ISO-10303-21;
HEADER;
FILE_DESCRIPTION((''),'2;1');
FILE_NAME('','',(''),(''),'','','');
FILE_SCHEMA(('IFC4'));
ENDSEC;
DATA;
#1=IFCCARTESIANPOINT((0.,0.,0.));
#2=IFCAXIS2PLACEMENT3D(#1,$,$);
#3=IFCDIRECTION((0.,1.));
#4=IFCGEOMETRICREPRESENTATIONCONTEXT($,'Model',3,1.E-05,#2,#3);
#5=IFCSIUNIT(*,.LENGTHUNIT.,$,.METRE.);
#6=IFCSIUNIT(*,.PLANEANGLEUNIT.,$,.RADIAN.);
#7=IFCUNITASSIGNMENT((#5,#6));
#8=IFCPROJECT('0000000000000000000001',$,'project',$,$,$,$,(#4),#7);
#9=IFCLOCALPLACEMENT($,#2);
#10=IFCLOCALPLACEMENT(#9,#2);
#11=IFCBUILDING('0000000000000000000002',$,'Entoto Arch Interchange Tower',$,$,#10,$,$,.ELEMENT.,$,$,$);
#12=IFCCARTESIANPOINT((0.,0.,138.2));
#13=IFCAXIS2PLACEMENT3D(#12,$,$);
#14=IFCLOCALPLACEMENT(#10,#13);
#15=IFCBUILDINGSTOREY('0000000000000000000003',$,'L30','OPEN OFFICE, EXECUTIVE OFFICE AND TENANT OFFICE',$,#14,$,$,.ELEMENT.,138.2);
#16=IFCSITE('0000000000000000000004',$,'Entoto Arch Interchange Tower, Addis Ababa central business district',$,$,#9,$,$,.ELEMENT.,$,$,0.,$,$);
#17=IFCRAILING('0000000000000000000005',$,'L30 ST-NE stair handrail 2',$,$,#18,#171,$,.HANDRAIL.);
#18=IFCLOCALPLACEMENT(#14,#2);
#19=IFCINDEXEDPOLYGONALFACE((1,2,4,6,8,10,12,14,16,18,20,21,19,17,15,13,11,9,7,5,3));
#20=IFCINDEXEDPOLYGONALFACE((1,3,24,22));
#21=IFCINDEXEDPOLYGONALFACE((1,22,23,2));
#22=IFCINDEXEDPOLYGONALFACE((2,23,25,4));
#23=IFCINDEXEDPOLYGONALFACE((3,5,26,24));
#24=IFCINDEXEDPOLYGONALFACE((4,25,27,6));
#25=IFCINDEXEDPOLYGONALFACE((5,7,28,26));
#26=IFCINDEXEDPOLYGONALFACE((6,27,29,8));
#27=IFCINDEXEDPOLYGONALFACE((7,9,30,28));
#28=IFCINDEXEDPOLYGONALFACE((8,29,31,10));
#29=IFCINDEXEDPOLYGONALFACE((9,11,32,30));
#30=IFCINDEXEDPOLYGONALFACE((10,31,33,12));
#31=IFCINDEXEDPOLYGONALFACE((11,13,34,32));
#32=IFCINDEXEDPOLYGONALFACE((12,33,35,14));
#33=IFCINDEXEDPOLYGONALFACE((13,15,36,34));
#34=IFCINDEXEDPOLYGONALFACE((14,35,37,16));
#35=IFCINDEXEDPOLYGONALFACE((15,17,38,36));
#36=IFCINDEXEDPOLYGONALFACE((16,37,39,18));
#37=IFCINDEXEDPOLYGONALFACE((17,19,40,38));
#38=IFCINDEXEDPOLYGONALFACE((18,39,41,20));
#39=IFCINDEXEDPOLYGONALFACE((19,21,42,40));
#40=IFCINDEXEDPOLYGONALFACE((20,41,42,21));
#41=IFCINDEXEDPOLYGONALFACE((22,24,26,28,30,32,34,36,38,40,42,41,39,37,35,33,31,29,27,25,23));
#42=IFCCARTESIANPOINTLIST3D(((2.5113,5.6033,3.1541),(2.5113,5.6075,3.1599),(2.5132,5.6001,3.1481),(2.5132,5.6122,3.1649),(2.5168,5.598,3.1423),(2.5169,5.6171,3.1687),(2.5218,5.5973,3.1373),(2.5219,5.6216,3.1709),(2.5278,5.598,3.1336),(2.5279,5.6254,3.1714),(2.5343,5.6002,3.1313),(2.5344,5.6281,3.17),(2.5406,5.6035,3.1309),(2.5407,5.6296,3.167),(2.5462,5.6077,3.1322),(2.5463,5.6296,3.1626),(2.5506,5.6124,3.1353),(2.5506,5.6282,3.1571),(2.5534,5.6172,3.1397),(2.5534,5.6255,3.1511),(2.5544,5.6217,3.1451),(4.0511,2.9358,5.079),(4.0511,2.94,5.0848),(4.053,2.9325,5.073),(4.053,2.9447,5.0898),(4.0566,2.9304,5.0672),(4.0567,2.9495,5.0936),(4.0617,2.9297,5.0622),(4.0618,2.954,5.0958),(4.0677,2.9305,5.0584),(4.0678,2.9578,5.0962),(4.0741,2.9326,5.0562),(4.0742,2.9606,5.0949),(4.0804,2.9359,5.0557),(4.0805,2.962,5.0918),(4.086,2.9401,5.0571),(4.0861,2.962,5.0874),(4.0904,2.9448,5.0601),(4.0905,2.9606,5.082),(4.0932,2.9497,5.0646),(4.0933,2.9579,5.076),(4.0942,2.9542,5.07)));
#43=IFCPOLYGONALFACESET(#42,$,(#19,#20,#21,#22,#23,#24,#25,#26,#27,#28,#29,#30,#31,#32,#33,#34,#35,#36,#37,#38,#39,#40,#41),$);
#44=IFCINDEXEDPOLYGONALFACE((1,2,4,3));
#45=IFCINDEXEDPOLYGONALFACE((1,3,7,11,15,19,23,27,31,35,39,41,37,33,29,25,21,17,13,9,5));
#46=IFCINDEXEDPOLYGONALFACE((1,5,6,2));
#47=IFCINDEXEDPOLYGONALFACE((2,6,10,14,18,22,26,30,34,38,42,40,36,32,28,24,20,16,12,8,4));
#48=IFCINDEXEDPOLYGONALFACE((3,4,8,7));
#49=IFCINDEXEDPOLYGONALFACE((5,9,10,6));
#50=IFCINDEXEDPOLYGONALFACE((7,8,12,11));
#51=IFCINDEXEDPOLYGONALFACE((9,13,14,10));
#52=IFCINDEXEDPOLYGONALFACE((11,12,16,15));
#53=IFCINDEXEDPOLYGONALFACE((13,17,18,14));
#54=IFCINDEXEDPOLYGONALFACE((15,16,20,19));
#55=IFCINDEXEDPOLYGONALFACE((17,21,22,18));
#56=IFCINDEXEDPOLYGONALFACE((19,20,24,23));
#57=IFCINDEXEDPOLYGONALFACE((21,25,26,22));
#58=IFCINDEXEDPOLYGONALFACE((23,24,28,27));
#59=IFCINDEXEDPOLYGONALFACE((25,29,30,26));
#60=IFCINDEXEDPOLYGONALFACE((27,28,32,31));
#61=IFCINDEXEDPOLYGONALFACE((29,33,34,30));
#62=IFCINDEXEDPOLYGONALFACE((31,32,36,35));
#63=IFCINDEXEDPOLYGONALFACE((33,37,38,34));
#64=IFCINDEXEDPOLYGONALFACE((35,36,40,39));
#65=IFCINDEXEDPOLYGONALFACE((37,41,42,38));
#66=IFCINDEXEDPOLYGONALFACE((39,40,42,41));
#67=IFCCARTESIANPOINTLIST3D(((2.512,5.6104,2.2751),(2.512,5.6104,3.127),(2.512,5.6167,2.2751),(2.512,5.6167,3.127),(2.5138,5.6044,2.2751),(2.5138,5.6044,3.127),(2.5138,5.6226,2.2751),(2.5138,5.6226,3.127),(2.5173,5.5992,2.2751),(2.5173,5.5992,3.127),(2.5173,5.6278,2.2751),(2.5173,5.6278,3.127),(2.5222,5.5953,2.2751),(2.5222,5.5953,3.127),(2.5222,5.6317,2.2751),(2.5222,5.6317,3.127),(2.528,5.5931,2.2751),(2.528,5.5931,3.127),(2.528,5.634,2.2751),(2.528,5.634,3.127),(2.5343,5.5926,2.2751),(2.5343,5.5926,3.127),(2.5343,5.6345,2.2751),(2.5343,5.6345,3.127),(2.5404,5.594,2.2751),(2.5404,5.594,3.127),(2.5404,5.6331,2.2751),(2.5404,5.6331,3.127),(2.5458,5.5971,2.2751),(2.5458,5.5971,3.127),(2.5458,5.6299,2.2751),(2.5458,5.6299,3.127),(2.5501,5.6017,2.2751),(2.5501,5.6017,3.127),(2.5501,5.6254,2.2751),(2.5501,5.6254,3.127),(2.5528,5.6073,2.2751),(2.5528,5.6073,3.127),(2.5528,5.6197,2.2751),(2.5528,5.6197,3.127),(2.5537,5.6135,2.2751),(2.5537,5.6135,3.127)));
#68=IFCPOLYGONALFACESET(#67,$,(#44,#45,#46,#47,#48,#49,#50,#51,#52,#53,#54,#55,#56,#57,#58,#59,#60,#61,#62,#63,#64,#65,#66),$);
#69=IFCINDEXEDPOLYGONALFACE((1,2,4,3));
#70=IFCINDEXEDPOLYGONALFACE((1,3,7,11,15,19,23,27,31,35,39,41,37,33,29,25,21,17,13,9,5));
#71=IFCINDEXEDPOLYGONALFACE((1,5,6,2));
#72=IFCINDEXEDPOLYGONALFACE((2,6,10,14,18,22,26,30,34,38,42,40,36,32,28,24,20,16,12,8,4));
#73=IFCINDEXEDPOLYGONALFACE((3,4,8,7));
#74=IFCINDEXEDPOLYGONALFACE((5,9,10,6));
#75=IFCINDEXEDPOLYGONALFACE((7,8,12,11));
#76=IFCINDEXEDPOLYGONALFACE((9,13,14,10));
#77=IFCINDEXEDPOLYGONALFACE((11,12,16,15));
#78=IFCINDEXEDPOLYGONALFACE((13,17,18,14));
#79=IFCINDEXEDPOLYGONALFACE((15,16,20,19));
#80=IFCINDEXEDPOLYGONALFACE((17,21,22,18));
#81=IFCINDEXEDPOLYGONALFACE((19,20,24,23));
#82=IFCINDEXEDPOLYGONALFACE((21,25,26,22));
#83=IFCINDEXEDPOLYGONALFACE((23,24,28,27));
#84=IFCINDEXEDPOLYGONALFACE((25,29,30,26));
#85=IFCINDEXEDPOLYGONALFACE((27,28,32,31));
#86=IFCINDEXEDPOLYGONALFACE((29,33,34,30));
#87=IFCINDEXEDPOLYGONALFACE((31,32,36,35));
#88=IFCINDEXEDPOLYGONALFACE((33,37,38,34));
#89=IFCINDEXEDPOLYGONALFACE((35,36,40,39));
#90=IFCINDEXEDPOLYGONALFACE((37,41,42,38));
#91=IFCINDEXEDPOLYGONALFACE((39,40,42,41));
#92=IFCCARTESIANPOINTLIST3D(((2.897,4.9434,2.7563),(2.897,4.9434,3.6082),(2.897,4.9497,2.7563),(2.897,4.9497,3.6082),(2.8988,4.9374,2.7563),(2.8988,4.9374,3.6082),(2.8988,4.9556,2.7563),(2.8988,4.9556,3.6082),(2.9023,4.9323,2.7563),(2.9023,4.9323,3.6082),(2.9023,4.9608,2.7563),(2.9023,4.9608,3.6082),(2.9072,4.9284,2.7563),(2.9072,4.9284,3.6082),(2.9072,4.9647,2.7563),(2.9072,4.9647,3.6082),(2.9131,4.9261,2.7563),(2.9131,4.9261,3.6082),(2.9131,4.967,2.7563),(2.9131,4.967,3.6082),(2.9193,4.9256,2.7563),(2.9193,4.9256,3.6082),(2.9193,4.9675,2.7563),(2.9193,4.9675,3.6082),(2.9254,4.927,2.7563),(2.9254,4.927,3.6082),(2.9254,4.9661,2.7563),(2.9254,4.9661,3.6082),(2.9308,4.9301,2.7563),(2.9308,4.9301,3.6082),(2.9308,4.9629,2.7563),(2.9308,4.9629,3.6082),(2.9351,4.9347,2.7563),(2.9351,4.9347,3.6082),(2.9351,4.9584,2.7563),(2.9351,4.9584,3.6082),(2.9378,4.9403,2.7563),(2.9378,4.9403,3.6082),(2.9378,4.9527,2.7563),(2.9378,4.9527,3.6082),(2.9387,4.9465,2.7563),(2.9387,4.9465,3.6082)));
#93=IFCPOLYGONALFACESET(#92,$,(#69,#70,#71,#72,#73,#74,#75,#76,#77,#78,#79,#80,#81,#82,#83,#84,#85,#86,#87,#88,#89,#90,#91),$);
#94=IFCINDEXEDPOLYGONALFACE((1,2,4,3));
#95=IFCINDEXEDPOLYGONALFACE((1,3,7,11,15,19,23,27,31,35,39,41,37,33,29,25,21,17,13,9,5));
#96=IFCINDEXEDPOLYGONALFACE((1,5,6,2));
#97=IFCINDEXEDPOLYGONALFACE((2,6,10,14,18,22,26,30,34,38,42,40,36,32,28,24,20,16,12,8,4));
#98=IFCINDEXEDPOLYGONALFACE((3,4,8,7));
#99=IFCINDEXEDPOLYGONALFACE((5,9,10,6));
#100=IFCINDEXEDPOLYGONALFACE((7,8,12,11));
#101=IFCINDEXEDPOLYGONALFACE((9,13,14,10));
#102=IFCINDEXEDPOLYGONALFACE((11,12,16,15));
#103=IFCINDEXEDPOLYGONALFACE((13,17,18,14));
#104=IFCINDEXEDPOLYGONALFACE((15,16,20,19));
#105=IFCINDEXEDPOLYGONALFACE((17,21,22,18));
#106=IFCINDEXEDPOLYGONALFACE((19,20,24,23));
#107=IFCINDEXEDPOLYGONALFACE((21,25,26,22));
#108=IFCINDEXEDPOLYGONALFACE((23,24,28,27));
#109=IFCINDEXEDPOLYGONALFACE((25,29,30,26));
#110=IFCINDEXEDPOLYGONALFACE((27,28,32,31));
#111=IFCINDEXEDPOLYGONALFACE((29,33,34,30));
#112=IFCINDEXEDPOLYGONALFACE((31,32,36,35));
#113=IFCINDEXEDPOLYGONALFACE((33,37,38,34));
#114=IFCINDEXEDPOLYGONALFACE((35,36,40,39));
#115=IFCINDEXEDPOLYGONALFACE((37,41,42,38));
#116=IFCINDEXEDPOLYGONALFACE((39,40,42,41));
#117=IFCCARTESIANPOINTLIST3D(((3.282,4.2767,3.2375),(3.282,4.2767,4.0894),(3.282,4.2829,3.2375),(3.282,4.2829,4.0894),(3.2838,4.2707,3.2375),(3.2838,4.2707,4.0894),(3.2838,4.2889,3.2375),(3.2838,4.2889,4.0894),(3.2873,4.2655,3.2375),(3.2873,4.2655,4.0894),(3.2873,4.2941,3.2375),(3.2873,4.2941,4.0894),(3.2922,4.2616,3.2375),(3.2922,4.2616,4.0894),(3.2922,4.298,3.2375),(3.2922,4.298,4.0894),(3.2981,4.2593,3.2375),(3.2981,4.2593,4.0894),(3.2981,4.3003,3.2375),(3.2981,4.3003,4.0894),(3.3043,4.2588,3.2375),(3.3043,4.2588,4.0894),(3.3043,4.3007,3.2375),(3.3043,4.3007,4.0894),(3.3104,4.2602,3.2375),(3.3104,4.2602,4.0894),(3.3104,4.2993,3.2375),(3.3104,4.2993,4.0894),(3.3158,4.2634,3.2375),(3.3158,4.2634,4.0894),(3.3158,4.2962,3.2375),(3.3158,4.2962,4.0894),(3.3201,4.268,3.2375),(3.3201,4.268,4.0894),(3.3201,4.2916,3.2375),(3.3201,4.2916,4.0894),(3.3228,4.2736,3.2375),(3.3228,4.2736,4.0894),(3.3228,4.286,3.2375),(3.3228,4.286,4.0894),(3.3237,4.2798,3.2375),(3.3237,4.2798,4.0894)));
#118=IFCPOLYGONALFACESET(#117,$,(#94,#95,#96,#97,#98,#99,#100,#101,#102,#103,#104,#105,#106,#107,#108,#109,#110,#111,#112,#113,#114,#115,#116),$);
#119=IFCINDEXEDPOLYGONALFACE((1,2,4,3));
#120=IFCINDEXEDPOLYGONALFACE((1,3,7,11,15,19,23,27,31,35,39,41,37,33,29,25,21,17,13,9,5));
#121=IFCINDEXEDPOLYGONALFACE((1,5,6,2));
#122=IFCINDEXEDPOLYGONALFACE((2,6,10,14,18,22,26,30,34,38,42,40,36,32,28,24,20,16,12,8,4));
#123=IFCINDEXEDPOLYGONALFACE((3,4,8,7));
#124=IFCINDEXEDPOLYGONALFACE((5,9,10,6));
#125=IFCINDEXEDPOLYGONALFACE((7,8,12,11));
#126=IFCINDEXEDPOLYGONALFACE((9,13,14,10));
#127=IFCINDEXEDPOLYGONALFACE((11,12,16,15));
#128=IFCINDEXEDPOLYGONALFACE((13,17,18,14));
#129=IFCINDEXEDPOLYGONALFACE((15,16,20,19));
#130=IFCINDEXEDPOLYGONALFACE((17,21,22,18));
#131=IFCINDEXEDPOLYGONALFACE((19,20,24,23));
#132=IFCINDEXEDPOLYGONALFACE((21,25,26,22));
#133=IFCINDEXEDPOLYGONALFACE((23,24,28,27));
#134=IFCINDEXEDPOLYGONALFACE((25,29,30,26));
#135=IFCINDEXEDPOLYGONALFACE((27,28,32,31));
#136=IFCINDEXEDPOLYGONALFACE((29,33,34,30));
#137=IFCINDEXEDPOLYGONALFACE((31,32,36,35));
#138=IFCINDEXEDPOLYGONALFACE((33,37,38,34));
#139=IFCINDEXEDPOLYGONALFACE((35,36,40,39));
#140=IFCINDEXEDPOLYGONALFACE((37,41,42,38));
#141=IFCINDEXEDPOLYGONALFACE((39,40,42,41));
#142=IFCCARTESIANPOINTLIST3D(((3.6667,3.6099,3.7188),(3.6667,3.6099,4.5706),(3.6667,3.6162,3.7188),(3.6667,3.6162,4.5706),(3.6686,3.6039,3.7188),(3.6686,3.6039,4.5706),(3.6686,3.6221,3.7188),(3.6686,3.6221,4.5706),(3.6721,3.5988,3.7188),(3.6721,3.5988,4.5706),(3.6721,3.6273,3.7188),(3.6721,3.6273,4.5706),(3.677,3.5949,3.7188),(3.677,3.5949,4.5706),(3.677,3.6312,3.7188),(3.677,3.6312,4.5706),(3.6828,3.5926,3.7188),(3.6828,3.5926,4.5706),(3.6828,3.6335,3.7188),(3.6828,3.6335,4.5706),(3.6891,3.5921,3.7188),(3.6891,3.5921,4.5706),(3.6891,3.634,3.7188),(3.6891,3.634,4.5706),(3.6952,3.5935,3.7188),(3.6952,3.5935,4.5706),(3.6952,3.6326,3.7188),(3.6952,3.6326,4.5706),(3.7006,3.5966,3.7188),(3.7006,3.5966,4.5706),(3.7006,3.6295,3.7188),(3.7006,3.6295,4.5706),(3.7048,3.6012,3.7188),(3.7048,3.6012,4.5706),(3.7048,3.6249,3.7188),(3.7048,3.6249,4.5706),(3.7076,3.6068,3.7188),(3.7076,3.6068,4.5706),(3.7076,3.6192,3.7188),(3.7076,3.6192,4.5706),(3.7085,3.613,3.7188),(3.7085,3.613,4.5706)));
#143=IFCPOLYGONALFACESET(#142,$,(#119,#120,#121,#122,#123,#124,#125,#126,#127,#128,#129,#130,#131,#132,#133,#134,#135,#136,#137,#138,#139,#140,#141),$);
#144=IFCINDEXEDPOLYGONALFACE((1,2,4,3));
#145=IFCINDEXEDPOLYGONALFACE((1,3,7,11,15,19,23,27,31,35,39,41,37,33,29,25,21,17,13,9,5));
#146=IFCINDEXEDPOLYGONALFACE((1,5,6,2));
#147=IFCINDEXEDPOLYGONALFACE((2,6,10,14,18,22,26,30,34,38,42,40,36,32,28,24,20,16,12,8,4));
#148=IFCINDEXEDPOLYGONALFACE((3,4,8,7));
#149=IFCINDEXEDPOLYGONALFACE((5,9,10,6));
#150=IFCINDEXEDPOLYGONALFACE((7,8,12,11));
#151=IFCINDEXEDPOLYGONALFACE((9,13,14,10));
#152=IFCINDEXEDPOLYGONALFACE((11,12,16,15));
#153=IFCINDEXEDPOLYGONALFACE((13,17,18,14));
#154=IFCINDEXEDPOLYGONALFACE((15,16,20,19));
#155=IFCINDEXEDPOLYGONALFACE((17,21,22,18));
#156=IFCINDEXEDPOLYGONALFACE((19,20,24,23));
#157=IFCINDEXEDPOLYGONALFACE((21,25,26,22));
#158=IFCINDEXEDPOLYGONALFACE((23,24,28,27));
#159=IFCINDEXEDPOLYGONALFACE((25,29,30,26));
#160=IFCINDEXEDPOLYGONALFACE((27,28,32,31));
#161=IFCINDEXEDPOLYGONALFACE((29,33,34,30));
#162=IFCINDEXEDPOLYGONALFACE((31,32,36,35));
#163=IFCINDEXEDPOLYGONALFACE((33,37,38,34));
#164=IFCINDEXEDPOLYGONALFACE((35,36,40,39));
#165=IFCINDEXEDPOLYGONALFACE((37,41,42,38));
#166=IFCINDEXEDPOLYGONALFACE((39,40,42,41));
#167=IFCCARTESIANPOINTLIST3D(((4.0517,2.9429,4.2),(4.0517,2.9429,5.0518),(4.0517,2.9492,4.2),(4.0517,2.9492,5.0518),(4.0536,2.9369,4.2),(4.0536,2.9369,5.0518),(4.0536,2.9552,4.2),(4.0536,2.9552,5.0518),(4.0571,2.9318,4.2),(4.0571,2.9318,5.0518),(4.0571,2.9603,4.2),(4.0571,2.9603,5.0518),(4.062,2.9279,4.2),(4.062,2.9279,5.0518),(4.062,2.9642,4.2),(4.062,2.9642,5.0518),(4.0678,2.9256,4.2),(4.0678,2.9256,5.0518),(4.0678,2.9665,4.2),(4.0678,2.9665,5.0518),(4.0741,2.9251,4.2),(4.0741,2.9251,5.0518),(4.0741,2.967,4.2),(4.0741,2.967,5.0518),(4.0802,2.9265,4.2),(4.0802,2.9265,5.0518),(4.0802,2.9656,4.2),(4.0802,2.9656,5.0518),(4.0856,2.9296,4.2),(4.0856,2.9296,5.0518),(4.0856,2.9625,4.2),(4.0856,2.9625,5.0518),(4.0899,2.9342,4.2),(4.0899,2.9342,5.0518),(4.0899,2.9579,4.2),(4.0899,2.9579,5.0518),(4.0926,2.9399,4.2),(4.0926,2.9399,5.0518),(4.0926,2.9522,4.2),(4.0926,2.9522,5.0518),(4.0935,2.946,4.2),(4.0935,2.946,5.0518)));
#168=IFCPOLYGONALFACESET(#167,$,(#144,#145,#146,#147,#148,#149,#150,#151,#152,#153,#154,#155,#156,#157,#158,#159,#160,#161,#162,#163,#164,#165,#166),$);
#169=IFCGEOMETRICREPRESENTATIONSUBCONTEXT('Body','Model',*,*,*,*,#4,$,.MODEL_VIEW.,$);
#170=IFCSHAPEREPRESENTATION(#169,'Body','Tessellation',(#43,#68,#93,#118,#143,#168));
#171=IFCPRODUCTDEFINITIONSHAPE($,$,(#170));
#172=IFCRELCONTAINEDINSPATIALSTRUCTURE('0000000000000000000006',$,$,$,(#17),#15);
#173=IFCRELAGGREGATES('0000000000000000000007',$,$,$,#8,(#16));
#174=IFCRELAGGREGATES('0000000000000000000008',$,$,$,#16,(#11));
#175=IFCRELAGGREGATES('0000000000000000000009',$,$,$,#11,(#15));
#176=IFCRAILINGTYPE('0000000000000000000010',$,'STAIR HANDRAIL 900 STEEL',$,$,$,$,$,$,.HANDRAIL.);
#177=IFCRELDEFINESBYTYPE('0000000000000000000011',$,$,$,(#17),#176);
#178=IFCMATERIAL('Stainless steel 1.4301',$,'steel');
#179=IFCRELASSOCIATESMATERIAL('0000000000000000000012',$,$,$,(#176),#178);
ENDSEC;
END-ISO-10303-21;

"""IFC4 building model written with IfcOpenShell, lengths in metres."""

from ifc_helpers import new_model, si_unit, direction, frame, origin, origin_2d, place, context, subcontext, project, spatial, circle, extrude, material, type_object, element, save


model = new_model("IFC4")

# Units and contexts
model_context = context("Model", 3, precision=1e-05, world=origin(), true_north=direction((0.0, 1.0)))
body_context = subcontext(model_context, "Body", "Model", "MODEL_VIEW")
ifc_project = project(units=[si_unit("LENGTHUNIT", "METRE"), si_unit("PLANEANGLEUNIT", "RADIAN")], contexts=[model_context])

# Site, building, storey
site_placement = place(None, origin())
site = spatial("IfcSite", under=ifc_project, at=site_placement, Name="Entoto Arch Interchange Tower, Addis Ababa central business district", CompositionType="ELEMENT", RefElevation=0.0)
building_placement = place(site_placement, origin())
building = spatial("IfcBuilding", under=site, at=building_placement, Name="Entoto Arch Interchange Tower", CompositionType="ELEMENT")
storey_placement = place(building_placement, frame((0.0, 0.0, 138.2)))
storey = spatial("IfcBuildingStorey", under=building, at=storey_placement, Name="L30", Description="OPEN OFFICE, EXECUTIVE OFFICE AND TENANT OFFICE", CompositionType="ELEMENT", Elevation=138.2)

# Railing
ifc_material_1 = material(Name="Stainless steel 1.4301", Category="steel")
railing_type_1 = type_object("IfcRailingType", Name="STAIR HANDRAIL 900 STEEL", PredefinedType="HANDRAIL", material=ifc_material_1)
railing_1_placement = place(storey_placement, frame((2.5327, 5.6135, 2.2751)))
element("IfcRailing", 1, at=railing_1_placement, inside=storey, type_object=railing_type_1, Name="L30 ST-NE stair handrail 2", PredefinedType="HANDRAIL", context=body_context, shape_type="SweptSolid", body=[
    extrude(circle(Radius=0.0239, at=origin_2d()), frame((0.0, 0.0, 0.876), z_axis=(0.423954, -0.734442, 0.52996), x_axis=(0.866064, 0.499933, 0.0)), (0.0, 0.0, 1.0), 3.6321),
    extrude(circle(Radius=0.021, at=origin_2d()), origin(), (0.0, 0.0, 1.0), 0.8518),
    extrude(circle(Radius=0.021, at=origin_2d()), frame((0.385, -0.667, 0.4812)), (0.0, 0.0, 1.0), 0.8518),
    extrude(circle(Radius=0.021, at=origin_2d()), frame((0.77, -1.3337, 0.9624)), (0.0, 0.0, 1.0), 0.8518),
    extrude(circle(Radius=0.021, at=origin_2d()), frame((1.1548, -2.0005, 1.4436)), (0.0, 0.0, 1.0), 0.8518),
    extrude(circle(Radius=0.021, at=origin_2d()), frame((1.5398, -2.6675, 1.9248)), (0.0, 0.0, 1.0), 0.8518),
])

save(model, "model.ifc")
